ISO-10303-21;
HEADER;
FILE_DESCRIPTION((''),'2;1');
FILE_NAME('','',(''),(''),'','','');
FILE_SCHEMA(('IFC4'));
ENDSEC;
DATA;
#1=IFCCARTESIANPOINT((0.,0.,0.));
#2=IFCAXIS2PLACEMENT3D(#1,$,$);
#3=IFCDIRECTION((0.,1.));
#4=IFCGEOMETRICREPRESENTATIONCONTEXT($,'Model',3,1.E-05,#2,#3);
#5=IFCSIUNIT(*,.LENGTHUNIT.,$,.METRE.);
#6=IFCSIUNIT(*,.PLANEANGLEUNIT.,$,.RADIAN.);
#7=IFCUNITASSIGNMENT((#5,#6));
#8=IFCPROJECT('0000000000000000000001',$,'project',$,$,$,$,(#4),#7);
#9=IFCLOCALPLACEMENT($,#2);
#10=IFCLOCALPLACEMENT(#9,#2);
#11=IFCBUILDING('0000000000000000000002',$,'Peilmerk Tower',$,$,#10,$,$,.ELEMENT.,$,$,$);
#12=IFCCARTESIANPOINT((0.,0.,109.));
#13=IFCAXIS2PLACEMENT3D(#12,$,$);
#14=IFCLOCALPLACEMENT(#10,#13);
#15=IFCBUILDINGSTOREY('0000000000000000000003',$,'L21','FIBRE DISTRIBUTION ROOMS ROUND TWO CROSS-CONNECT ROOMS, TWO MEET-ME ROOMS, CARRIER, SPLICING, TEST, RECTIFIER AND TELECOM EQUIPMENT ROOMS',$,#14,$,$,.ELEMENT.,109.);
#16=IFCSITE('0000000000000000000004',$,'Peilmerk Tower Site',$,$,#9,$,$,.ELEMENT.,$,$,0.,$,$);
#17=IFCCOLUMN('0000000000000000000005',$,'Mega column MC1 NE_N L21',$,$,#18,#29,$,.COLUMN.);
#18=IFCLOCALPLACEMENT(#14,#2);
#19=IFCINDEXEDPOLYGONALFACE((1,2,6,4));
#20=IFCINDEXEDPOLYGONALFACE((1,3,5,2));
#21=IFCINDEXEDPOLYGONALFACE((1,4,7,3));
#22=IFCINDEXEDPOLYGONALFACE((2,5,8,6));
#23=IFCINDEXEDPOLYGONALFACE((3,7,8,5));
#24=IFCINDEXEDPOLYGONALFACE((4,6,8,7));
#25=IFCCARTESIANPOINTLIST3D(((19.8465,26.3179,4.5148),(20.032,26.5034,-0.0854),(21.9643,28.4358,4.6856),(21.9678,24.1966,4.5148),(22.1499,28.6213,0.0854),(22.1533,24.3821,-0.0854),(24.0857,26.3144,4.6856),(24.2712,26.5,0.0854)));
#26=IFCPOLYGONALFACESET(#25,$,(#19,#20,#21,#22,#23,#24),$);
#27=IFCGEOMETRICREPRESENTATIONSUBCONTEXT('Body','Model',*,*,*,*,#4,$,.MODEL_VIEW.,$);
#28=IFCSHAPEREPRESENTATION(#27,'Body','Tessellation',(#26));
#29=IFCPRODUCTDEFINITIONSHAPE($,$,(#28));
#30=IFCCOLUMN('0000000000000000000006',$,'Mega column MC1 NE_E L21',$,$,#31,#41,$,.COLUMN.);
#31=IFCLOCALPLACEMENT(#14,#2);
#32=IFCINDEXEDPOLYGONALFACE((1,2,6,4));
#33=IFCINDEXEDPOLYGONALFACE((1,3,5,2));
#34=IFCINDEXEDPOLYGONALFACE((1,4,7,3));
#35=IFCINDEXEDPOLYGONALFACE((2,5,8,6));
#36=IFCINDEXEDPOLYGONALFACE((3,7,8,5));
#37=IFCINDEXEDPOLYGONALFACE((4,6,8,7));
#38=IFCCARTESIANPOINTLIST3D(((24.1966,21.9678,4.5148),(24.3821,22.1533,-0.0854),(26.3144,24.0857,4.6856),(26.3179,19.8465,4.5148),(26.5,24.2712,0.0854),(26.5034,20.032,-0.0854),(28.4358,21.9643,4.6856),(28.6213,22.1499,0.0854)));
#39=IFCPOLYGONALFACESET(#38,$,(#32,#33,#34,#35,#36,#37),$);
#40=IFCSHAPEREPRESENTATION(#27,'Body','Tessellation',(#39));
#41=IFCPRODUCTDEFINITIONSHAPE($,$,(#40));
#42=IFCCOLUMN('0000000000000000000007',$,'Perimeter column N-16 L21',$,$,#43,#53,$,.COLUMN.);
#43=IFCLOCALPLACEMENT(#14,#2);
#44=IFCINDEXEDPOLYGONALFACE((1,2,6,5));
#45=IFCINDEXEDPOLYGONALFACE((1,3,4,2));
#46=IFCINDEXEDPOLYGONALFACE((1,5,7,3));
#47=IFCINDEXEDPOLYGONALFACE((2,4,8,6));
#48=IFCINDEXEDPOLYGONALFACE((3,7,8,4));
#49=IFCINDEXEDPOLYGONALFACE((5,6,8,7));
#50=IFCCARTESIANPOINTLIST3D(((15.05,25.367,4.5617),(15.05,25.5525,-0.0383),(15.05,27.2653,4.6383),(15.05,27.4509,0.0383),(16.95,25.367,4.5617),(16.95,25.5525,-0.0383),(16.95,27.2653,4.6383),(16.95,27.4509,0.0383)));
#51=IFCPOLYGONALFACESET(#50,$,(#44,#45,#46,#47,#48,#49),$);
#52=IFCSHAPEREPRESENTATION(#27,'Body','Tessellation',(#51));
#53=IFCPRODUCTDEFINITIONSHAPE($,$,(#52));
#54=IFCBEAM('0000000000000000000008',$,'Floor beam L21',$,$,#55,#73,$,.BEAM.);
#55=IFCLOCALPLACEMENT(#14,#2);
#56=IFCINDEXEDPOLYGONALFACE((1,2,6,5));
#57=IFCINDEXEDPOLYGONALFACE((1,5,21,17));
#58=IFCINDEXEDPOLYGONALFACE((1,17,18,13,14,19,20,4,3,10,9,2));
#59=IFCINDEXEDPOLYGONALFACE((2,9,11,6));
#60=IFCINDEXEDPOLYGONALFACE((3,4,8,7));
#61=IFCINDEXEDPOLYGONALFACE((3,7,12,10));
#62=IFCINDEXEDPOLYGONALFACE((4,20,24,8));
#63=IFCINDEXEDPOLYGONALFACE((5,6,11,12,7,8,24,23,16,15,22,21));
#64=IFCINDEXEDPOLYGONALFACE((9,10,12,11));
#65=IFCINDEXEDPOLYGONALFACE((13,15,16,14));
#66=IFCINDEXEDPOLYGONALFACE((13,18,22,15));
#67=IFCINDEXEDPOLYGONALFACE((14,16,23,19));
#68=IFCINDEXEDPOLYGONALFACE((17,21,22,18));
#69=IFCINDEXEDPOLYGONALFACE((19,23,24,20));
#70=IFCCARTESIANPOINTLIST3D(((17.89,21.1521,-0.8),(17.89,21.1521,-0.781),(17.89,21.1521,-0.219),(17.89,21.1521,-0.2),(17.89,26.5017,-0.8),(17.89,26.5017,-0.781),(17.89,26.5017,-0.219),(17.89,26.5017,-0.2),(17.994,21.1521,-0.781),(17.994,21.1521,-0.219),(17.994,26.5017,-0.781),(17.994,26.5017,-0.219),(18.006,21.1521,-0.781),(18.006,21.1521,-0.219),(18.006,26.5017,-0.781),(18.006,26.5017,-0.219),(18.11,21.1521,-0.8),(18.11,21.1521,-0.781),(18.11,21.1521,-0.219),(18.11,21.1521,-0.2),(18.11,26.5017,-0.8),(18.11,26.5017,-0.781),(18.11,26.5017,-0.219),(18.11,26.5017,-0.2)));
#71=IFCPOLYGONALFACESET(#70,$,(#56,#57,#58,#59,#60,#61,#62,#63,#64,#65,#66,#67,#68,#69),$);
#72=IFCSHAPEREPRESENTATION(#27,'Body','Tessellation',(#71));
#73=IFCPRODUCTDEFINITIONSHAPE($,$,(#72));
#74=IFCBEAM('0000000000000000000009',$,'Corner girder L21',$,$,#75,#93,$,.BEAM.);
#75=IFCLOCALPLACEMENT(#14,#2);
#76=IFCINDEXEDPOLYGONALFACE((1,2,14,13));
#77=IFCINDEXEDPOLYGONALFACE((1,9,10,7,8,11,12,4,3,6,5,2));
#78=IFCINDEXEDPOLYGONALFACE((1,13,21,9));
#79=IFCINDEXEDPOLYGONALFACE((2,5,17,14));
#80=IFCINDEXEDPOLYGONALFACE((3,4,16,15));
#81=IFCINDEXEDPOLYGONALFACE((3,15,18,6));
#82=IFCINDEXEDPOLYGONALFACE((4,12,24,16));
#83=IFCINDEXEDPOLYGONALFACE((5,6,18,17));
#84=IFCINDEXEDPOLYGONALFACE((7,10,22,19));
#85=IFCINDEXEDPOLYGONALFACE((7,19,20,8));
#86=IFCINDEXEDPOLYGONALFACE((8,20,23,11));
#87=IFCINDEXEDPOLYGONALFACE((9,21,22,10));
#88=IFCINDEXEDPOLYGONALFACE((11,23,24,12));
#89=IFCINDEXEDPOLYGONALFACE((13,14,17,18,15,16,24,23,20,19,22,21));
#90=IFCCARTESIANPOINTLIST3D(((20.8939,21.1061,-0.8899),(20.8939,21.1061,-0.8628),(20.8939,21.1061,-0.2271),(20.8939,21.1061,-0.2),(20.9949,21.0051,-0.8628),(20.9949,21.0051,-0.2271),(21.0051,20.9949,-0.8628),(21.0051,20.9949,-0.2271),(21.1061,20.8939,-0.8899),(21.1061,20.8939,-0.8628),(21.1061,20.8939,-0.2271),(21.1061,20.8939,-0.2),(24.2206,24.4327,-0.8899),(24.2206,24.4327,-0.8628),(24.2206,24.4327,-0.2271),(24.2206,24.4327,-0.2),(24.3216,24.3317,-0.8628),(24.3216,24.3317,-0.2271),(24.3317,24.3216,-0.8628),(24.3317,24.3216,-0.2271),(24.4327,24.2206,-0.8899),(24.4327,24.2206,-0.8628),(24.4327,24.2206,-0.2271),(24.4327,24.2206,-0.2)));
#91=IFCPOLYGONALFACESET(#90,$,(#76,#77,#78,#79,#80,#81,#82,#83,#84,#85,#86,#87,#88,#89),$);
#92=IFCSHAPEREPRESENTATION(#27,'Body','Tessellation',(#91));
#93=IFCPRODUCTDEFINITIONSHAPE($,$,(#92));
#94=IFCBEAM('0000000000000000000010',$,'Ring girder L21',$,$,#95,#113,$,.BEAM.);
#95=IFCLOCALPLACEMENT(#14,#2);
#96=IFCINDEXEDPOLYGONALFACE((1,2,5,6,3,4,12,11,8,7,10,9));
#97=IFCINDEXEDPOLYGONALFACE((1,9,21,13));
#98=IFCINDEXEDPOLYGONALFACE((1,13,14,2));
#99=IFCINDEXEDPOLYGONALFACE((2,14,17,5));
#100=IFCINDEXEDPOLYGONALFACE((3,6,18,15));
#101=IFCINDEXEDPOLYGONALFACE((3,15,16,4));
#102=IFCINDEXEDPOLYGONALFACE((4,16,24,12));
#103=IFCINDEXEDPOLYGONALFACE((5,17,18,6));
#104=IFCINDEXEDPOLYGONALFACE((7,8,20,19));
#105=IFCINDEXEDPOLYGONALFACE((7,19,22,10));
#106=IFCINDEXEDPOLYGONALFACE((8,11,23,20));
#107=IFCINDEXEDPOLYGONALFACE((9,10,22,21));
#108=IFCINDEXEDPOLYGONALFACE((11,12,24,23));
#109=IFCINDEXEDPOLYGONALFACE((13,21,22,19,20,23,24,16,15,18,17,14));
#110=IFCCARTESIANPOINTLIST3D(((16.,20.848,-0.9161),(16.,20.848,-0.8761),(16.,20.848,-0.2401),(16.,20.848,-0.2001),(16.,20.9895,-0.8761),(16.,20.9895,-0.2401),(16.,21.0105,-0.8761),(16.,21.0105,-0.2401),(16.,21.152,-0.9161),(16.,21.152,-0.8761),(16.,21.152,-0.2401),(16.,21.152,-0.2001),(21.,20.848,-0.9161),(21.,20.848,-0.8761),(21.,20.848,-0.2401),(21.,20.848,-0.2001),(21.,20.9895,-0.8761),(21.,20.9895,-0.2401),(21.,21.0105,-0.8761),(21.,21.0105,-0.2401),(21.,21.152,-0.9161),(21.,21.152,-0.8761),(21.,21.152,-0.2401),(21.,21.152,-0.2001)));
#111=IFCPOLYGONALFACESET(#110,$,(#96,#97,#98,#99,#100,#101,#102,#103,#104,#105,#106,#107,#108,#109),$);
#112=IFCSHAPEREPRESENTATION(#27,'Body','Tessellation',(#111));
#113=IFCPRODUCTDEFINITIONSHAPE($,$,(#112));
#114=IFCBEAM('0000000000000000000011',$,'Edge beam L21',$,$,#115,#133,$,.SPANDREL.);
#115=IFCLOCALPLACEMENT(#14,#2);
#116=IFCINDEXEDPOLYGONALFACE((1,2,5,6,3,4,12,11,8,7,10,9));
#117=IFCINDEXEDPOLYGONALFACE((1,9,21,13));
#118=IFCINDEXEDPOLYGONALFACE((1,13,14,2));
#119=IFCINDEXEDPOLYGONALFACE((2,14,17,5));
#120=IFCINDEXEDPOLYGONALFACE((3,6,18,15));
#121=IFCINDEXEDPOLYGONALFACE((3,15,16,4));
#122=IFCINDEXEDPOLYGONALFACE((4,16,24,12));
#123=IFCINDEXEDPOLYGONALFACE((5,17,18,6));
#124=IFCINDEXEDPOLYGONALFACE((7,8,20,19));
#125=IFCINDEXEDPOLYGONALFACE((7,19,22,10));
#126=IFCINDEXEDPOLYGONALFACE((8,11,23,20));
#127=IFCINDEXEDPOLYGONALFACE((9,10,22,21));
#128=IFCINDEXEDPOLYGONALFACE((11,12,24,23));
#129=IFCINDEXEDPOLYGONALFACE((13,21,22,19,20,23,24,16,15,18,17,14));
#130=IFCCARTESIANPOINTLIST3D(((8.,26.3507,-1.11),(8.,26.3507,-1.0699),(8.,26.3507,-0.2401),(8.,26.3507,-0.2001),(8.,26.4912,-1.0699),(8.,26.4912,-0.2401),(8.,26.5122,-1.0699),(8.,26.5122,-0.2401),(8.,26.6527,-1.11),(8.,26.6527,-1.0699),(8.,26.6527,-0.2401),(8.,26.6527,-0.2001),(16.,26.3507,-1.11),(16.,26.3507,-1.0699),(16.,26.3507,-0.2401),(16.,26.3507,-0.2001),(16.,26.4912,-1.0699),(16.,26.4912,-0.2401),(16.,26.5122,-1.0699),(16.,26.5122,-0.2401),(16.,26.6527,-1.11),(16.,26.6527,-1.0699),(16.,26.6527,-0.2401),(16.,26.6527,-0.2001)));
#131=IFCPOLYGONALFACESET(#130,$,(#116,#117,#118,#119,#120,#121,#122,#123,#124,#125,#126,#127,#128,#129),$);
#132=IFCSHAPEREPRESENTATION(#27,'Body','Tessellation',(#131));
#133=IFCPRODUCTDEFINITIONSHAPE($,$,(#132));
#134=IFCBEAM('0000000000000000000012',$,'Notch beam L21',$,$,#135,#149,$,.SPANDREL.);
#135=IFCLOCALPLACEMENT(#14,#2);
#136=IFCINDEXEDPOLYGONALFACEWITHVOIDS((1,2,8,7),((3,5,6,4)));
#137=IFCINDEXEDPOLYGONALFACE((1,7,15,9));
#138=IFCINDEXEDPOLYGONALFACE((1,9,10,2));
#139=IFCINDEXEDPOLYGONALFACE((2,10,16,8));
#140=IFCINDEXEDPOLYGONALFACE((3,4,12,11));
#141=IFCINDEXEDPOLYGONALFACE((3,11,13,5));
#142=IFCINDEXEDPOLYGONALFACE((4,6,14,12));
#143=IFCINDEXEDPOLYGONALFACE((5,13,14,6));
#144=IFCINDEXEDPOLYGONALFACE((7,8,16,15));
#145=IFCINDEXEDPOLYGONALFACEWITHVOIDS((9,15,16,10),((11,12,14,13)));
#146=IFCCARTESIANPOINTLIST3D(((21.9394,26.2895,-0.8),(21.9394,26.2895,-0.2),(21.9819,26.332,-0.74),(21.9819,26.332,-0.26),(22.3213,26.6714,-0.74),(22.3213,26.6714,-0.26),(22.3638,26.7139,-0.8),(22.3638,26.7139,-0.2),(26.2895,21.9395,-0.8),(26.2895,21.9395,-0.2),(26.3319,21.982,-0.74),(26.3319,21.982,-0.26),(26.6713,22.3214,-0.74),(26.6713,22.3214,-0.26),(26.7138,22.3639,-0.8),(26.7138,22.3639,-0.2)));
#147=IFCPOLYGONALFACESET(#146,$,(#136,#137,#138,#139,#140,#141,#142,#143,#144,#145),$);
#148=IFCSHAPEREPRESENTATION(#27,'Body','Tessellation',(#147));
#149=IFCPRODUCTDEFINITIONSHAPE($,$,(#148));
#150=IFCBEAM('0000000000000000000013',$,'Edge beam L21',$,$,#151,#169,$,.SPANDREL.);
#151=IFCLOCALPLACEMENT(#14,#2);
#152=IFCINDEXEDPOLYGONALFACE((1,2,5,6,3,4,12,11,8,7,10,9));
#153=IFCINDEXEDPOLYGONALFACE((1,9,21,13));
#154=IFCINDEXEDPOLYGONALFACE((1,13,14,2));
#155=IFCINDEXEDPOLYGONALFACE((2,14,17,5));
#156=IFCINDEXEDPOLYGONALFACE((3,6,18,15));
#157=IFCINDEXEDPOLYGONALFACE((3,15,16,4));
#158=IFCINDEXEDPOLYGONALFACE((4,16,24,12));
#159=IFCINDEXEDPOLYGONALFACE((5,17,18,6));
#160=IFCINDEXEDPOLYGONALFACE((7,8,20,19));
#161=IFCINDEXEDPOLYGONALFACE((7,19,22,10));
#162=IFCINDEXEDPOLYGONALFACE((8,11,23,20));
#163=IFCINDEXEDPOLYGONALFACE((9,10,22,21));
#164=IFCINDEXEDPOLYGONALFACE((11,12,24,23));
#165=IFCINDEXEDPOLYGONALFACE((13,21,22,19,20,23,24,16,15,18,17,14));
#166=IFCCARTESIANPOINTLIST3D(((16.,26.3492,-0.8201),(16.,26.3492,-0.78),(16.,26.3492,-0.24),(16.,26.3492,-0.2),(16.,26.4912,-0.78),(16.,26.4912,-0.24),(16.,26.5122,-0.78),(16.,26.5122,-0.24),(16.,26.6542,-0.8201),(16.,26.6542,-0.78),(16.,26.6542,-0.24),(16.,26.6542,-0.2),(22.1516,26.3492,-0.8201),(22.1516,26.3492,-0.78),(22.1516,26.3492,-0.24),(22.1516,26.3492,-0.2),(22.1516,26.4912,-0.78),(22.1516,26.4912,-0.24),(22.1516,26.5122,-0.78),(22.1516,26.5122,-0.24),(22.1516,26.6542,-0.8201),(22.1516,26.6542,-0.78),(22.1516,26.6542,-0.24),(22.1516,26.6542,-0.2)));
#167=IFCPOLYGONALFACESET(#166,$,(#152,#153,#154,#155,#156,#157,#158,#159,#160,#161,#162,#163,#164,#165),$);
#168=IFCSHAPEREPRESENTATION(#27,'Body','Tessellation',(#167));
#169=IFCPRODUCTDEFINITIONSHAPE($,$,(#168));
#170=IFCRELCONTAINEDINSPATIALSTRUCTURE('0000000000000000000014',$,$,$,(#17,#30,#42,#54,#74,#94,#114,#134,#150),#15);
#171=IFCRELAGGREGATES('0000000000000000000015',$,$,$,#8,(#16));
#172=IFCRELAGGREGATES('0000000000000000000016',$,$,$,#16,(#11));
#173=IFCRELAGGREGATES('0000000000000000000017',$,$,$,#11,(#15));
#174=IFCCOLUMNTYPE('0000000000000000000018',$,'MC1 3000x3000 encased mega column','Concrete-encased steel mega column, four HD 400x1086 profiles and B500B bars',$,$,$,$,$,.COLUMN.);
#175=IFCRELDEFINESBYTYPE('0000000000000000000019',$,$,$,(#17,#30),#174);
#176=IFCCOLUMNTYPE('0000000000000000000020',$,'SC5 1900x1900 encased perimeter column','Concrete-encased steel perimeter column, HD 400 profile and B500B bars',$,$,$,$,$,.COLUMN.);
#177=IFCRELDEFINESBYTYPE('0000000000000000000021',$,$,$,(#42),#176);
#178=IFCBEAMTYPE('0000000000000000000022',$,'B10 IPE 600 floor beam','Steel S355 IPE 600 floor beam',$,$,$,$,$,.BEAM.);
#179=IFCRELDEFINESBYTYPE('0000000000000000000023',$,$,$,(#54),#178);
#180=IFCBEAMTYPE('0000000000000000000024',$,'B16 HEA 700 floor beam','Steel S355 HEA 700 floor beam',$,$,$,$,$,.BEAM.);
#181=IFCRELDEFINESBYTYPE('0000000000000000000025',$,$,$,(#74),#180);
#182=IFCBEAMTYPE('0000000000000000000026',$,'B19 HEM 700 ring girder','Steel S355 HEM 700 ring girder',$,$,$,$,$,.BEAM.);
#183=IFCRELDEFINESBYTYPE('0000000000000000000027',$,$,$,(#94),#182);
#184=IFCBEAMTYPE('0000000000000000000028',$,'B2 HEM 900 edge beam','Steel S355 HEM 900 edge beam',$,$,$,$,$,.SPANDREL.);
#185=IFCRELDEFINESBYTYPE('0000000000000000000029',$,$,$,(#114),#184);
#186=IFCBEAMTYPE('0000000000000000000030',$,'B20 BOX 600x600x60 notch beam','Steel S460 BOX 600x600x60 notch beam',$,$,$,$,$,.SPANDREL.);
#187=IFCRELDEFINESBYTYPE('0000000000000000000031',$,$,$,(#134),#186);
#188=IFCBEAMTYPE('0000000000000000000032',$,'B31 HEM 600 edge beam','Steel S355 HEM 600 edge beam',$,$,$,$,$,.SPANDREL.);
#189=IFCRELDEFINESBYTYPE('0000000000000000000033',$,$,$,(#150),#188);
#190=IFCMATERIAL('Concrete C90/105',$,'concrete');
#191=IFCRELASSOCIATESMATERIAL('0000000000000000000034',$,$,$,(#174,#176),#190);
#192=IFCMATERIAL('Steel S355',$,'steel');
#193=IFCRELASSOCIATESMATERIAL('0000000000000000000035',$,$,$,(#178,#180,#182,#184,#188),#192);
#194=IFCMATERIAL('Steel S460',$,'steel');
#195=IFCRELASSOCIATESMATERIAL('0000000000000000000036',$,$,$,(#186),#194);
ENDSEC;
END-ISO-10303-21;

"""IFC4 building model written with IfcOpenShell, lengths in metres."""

from ifc_helpers import new_model, si_unit, direction, frame, origin, origin_2d, place, context, subcontext, project, spatial, rectangle, hollow_rectangle, i_section, extrude, material, material_profile, profile_set, type_object, element, save


model = new_model("IFC4")

# Units and contexts
model_context = context("Model", 3, precision=1e-05, world=origin(), true_north=direction((0.0, 1.0)))
body_context = subcontext(model_context, "Body", "Model", "MODEL_VIEW")
ifc_project = project(units=[si_unit("LENGTHUNIT", "METRE"), si_unit("PLANEANGLEUNIT", "RADIAN")], contexts=[model_context])

# Site, building, storey
site_placement = place(None, origin())
site = spatial("IfcSite", under=ifc_project, at=site_placement, Name="Peilmerk Tower Site", CompositionType="ELEMENT", RefElevation=0.0)
building_placement = place(site_placement, origin())
building = spatial("IfcBuilding", under=site, at=building_placement, Name="Peilmerk Tower", CompositionType="ELEMENT")
storey_placement = place(building_placement, frame((0.0, 0.0, 109.0)))
storey = spatial("IfcBuildingStorey", under=building, at=storey_placement, Name="L21", Description="FIBRE DISTRIBUTION ROOMS ROUND TWO CROSS-CONNECT ROOMS, TWO MEET-ME ROOMS, CARRIER, SPLICING, TEST, RECTIFIER AND TELECOM EQUIPMENT ROOMS", CompositionType="ELEMENT", Elevation=109.0)

# Columns
ifc_material_1 = material(Name="Concrete C90/105", Category="concrete")
ifc_material_profile_1 = material_profile(ifc_material_1, rectangle(XDim=3.0, YDim=3.0, at=origin_2d()), Name="RC 3000x3000")
ifc_profile_set_1 = profile_set([ifc_material_profile_1], Name="Concrete C90/105")
column_type_1 = type_object("IfcColumnType", Name="MC1 3000x3000 encased mega column", Description="Concrete-encased steel mega column, four HD 400x1086 profiles and B500B bars", PredefinedType="COLUMN", material=ifc_profile_set_1)
for number, where, z_axis, x_axis, name in (
    (1, (22.1516, 26.5017, 0.0), (-0.04027, -0.04027, 0.998377), (0.707107, -0.707107, 0.0), "Mega column MC1 NE_N L21"),
    (2, (26.5017, 22.1516, 0.0), (-0.04027, -0.04027, 0.998377), (0.707107, -0.707107, 0.0), "Mega column MC1 NE_E L21"),
):
    element("IfcColumn", number, at=place(storey_placement, frame(where, z_axis=z_axis, x_axis=x_axis)), inside=storey, type_object=column_type_1, Name=name, PredefinedType="COLUMN", context=body_context, shape_type="SweptSolid", body=[
        extrude(rectangle(XDim=3.0, YDim=3.0, at=origin_2d()), origin(), (0.0, 0.0, 1.0), 4.6077),
    ])
ifc_material_profile_2 = material_profile(ifc_material_1, rectangle(XDim=1.8999, YDim=1.8999, at=origin_2d()), Name="RC 1900x1900")
ifc_profile_set_2 = profile_set([ifc_material_profile_2], Name="Concrete C90/105")
column_type_2 = type_object("IfcColumnType", Name="SC5 1900x1900 encased perimeter column", Description="Concrete-encased steel perimeter column, HD 400 profile and B500B bars", PredefinedType="COLUMN", material=ifc_profile_set_2)
column_placement = place(storey_placement, frame((16.0, 26.5017, 0.0), z_axis=(0.0, -0.040303, 0.999188), x_axis=(1.0, 0.0, 0.0)))
element("IfcColumn", 3, at=column_placement, inside=storey, type_object=column_type_2, Name="Perimeter column N-16 L21", PredefinedType="COLUMN", context=body_context, shape_type="SweptSolid", body=[
    extrude(rectangle(XDim=1.8999, YDim=1.8999, at=origin_2d()), origin(), (0.0, 0.0, 1.0), 4.6038),
])

# Beams
ifc_material_2 = material(Name="Steel S355", Category="steel")
ifc_material_profile_3 = material_profile(ifc_material_2, i_section(OverallWidth=0.22, OverallDepth=0.6001, WebThickness=0.012, FlangeThickness=0.019, at=origin_2d()), Name="IPE 600")
ifc_profile_set_3 = profile_set([ifc_material_profile_3], Name="Steel S355")
beam_type_1 = type_object("IfcBeamType", Name="B10 IPE 600 floor beam", Description="Steel S355 IPE 600 floor beam", PredefinedType="BEAM", material=ifc_profile_set_3)
beam_1_placement = place(storey_placement, frame((18.0, 21.1521, -0.5), z_axis=(0.0, 1.0, 0.0), x_axis=(-1.0, 0.0, 0.0)))
element("IfcBeam", 4, at=beam_1_placement, inside=storey, type_object=beam_type_1, Name="Floor beam L21", PredefinedType="BEAM", context=body_context, shape_type="SweptSolid", body=[
    extrude(i_section(OverallWidth=0.22, OverallDepth=0.6001, WebThickness=0.012, FlangeThickness=0.019, at=origin_2d()), origin(), (0.0, 0.0, 1.0), 5.3496),
])
ifc_material_profile_4 = material_profile(ifc_material_2, i_section(OverallWidth=0.3, OverallDepth=0.6899, WebThickness=0.0144, FlangeThickness=0.0271, at=origin_2d()), Name="HEA 700")
ifc_profile_set_4 = profile_set([ifc_material_profile_4], Name="Steel S355")
beam_type_2 = type_object("IfcBeamType", Name="B16 HEA 700 floor beam", Description="Steel S355 HEA 700 floor beam", PredefinedType="BEAM", material=ifc_profile_set_4)
beam_2_placement = place(storey_placement, frame((21.0, 21.0, -0.5449), z_axis=(0.707107, 0.707107, 0.0), x_axis=(-0.707107, 0.707107, 0.0)))
element("IfcBeam", 5, at=beam_2_placement, inside=storey, type_object=beam_type_2, Name="Corner girder L21", PredefinedType="BEAM", context=body_context, shape_type="SweptSolid", body=[
    extrude(i_section(OverallWidth=0.3, OverallDepth=0.6899, WebThickness=0.0144, FlangeThickness=0.0271, at=origin_2d()), origin(), (0.0, 0.0, 1.0), 4.7046),
])
ifc_material_profile_5 = material_profile(ifc_material_2, i_section(OverallWidth=0.304, OverallDepth=0.7161, WebThickness=0.021, FlangeThickness=0.04, at=origin_2d()), Name="HEM 700")
ifc_profile_set_5 = profile_set([ifc_material_profile_5], Name="Steel S355")
beam_type_3 = type_object("IfcBeamType", Name="B19 HEM 700 ring girder", Description="Steel S355 HEM 700 ring girder", PredefinedType="BEAM", material=ifc_profile_set_5)
beam_3_placement = place(storey_placement, frame((21.0, 21.0, -0.5581), z_axis=(-1.0, 0.0, 0.0), x_axis=(0.0, -1.0, 0.0)))
element("IfcBeam", 6, at=beam_3_placement, inside=storey, type_object=beam_type_3, Name="Ring girder L21", PredefinedType="BEAM", context=body_context, shape_type="SweptSolid", body=[
    extrude(i_section(OverallWidth=0.304, OverallDepth=0.7161, WebThickness=0.021, FlangeThickness=0.04, at=origin_2d()), origin(), (0.0, 0.0, 1.0), 5.0),
])
ifc_material_profile_6 = material_profile(ifc_material_2, i_section(OverallWidth=0.302, OverallDepth=0.9099, WebThickness=0.021, FlangeThickness=0.04, at=origin_2d()), Name="HEM 900")
ifc_profile_set_6 = profile_set([ifc_material_profile_6], Name="Steel S355")
beam_type_4 = type_object("IfcBeamType", Name="B2 HEM 900 edge beam", Description="Steel S355 HEM 900 edge beam", PredefinedType="SPANDREL", material=ifc_profile_set_6)
beam_4_placement = place(storey_placement, frame((16.0, 26.5017, -0.655), z_axis=(-1.0, 0.0, 0.0), x_axis=(0.0, -1.0, 0.0)))
element("IfcBeam", 7, at=beam_4_placement, inside=storey, type_object=beam_type_4, Name="Edge beam L21", PredefinedType="SPANDREL", context=body_context, shape_type="SweptSolid", body=[
    extrude(i_section(OverallWidth=0.302, OverallDepth=0.9099, WebThickness=0.021, FlangeThickness=0.04, at=origin_2d()), origin(), (0.0, 0.0, 1.0), 8.0),
])
ifc_material_3 = material(Name="Steel S460", Category="steel")
ifc_material_profile_7 = material_profile(ifc_material_3, hollow_rectangle(XDim=0.6001, YDim=0.6001, WallThickness=0.0601, at=origin_2d()), Name="BOX 600x600x60")
ifc_profile_set_7 = profile_set([ifc_material_profile_7], Name="Steel S460")
beam_type_5 = type_object("IfcBeamType", Name="B20 BOX 600x600x60 notch beam", Description="Steel S460 BOX 600x600x60 notch beam", PredefinedType="SPANDREL", material=ifc_profile_set_7)
beam_5_placement = place(storey_placement, frame((22.1516, 26.5017, -0.5), z_axis=(0.707107, -0.707107, 0.0), x_axis=(0.707107, 0.707107, 0.0)))
element("IfcBeam", 8, at=beam_5_placement, inside=storey, type_object=beam_type_5, Name="Notch beam L21", PredefinedType="SPANDREL", context=body_context, shape_type="SweptSolid", body=[
    extrude(hollow_rectangle(XDim=0.6001, YDim=0.6001, WallThickness=0.0601, at=origin_2d()), origin(), (0.0, 0.0, 1.0), 6.1519),
])
ifc_material_profile_8 = material_profile(ifc_material_2, i_section(OverallWidth=0.3049, OverallDepth=0.6201, WebThickness=0.021, FlangeThickness=0.04, at=origin_2d()), Name="HEM 600")
ifc_profile_set_8 = profile_set([ifc_material_profile_8], Name="Steel S355")
beam_type_6 = type_object("IfcBeamType", Name="B31 HEM 600 edge beam", Description="Steel S355 HEM 600 edge beam", PredefinedType="SPANDREL", material=ifc_profile_set_8)
beam_6_placement = place(storey_placement, frame((22.1516, 26.5017, -0.51), z_axis=(-1.0, 0.0, 0.0), x_axis=(0.0, -1.0, 0.0)))
element("IfcBeam", 9, at=beam_6_placement, inside=storey, type_object=beam_type_6, Name="Edge beam L21", PredefinedType="SPANDREL", context=body_context, shape_type="SweptSolid", body=[
    extrude(i_section(OverallWidth=0.3049, OverallDepth=0.6201, WebThickness=0.021, FlangeThickness=0.04, at=origin_2d()), origin(), (0.0, 0.0, 1.0), 6.1516),
])

save(model, "model.ifc")
